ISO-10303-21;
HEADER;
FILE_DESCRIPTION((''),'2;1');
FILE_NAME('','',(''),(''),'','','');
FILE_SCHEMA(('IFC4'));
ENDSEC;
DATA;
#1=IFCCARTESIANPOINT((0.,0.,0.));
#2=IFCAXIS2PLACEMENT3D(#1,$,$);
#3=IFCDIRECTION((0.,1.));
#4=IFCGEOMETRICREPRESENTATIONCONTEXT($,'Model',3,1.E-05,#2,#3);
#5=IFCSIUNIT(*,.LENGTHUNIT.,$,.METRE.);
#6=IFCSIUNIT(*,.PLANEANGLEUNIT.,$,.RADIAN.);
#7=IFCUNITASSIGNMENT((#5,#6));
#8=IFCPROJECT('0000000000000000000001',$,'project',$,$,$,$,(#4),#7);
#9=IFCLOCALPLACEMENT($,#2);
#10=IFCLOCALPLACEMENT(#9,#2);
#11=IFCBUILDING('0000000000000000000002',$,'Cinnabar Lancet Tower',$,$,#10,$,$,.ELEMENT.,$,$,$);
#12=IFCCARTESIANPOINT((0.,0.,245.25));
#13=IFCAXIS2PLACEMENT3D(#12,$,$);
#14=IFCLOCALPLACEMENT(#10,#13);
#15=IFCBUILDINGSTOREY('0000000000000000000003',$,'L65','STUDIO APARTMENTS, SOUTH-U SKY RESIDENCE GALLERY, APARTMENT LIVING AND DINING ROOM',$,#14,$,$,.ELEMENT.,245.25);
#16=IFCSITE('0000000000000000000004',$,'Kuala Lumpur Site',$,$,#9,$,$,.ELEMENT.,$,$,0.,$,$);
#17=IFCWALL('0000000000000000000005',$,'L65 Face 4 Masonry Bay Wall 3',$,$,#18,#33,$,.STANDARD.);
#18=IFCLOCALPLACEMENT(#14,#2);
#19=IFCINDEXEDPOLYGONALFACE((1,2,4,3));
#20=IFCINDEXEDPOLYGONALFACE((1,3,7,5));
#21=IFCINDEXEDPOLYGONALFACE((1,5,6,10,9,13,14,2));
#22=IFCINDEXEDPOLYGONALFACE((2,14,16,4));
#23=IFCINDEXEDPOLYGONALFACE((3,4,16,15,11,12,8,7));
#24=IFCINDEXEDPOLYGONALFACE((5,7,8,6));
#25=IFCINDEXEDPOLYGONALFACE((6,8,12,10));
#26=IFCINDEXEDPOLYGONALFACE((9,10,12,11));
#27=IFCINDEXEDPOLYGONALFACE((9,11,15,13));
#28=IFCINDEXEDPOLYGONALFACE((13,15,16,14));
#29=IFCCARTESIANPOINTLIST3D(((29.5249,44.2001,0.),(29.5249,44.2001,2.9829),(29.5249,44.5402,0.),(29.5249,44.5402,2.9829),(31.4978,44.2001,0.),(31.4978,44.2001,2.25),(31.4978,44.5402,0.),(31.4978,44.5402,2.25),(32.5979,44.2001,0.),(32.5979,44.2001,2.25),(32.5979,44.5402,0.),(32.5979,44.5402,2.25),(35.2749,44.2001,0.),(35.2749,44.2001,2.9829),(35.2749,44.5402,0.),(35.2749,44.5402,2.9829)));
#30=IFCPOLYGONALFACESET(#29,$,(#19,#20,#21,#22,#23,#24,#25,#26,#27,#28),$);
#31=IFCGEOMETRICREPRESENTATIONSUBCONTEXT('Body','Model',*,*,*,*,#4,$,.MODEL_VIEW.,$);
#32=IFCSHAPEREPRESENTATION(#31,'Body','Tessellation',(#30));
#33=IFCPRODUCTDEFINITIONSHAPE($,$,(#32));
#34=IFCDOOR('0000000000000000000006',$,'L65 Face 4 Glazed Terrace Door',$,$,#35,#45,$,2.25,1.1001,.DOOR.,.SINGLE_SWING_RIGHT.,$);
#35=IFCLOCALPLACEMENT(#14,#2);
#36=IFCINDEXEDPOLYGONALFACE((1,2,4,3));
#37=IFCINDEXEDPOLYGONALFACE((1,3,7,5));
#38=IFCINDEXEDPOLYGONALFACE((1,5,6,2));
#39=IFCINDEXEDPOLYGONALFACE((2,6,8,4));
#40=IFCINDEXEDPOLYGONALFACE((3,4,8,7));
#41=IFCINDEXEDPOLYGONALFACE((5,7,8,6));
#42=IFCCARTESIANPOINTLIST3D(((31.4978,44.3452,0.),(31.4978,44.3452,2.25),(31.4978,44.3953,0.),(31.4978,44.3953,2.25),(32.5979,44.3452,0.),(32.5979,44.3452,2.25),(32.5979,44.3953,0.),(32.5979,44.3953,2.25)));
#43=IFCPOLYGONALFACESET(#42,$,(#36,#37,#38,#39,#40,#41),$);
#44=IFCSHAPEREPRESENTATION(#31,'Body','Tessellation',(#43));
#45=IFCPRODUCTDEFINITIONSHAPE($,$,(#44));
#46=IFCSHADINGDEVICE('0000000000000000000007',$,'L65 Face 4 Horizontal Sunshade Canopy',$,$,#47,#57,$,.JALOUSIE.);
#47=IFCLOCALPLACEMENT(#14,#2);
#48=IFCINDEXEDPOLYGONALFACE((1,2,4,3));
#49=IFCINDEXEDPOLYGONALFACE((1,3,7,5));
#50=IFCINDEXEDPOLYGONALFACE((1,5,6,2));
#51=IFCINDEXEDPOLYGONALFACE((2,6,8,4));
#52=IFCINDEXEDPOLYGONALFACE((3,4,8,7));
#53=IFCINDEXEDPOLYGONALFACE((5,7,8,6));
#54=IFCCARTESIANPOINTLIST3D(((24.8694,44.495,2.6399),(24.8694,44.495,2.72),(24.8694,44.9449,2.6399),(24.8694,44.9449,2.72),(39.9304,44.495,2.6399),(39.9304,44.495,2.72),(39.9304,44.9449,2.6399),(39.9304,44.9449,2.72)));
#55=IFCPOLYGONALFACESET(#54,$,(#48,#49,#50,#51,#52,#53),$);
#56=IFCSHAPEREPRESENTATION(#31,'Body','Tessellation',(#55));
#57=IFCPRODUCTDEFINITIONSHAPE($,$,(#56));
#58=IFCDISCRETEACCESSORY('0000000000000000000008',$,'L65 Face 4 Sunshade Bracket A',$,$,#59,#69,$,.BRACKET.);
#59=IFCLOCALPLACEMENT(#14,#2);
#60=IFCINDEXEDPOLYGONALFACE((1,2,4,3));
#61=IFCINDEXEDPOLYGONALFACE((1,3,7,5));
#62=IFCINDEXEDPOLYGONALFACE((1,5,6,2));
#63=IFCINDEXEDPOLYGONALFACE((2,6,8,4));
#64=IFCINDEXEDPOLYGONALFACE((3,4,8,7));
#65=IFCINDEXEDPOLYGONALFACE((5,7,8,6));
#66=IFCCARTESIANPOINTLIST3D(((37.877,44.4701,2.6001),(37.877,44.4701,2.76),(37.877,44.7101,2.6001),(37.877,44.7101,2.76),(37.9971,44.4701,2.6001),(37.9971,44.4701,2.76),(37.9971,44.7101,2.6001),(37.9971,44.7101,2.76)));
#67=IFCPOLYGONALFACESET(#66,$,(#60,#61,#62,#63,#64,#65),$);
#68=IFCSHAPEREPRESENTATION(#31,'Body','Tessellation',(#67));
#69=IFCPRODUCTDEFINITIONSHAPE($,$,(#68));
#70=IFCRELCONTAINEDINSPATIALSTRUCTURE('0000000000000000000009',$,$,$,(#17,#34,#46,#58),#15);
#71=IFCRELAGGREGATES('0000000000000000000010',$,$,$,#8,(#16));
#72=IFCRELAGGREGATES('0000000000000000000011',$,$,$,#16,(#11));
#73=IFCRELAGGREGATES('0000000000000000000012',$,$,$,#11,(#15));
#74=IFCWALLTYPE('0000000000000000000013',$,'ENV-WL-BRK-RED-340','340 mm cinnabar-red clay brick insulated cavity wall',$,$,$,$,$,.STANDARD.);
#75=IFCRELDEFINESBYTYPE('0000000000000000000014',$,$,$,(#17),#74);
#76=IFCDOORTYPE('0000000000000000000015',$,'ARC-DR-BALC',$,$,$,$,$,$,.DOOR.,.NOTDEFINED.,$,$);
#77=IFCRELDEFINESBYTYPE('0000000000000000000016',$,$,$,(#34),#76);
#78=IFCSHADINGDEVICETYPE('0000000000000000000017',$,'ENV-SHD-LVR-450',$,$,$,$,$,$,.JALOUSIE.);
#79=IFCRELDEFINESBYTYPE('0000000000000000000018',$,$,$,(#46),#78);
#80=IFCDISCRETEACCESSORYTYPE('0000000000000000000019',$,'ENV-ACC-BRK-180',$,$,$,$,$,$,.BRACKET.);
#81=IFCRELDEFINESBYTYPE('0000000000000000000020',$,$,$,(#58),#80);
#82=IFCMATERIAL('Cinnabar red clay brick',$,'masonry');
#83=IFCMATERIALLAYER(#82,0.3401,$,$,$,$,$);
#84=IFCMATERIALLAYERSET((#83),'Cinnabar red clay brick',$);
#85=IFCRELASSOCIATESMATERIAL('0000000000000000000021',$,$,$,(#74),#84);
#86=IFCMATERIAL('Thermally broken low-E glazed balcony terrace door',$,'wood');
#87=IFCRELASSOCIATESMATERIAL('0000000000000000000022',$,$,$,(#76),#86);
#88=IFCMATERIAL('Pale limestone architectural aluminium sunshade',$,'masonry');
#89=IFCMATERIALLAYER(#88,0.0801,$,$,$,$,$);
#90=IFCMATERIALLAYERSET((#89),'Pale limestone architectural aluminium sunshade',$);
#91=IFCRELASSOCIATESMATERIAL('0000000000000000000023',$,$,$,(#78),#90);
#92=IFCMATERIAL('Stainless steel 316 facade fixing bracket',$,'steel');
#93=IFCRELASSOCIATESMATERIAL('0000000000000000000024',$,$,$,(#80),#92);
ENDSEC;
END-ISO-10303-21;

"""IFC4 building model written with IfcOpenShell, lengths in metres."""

from ifc_helpers import new_model, si_unit, direction, frame, frame_2d, origin, origin_2d, place, context, subcontext, project, spatial, rectangle, extrude, material, layer, layer_set, type_object, element, fill, save


model = new_model("IFC4")

# Units and contexts
model_context = context("Model", 3, precision=1e-05, world=origin(), true_north=direction((0.0, 1.0)))
body_context = subcontext(model_context, "Body", "Model", "MODEL_VIEW")
ifc_project = project(units=[si_unit("LENGTHUNIT", "METRE"), si_unit("PLANEANGLEUNIT", "RADIAN")], contexts=[model_context])

# Site, building, storey
site_placement = place(None, origin())
site = spatial("IfcSite", under=ifc_project, at=site_placement, Name="Kuala Lumpur Site", CompositionType="ELEMENT", RefElevation=0.0)
building_placement = place(site_placement, origin())
building = spatial("IfcBuilding", under=site, at=building_placement, Name="Cinnabar Lancet Tower", CompositionType="ELEMENT")
storey_placement = place(building_placement, frame((0.0, 0.0, 245.25)))
storey = spatial("IfcBuildingStorey", under=building, at=storey_placement, Name="L65", Description="STUDIO APARTMENTS, SOUTH-U SKY RESIDENCE GALLERY, APARTMENT LIVING AND DINING ROOM", CompositionType="ELEMENT", Elevation=245.25)

# Shared definitions
ifc_material_1 = material(Name="Cinnabar red clay brick", Category="masonry")
ifc_layer_1 = layer(ifc_material_1, 0.3401)
ifc_layer_set_1 = layer_set([ifc_layer_1], Name="Cinnabar red clay brick")
wall_type_1 = type_object("IfcWallType", Name="ENV-WL-BRK-RED-340", Description="340 mm cinnabar-red clay brick insulated cavity wall", PredefinedType="STANDARD", material=ifc_layer_set_1)

# Wall, opening, door
wall_1_placement = place(storey_placement, frame((35.2749, 44.3701, 0.0), z_axis=(0.0, 0.0, 1.0), x_axis=(-1.0, 0.0, 0.0)))
wall_1 = element("IfcWall", 1, at=wall_1_placement, inside=storey, type_object=wall_type_1, Name="L65 Face 4 Masonry Bay Wall 3", PredefinedType="STANDARD", context=body_context, shape_type="SweptSolid", body=[
    extrude(rectangle(XDim=5.75, YDim=0.3401, at=frame_2d((2.875, 0.0))), origin(), (0.0, 0.0, 1.0), 2.9829),
])
opening_1_placement = place(wall_1_placement, frame((2.677, 0.0, 0.0)))
opening_1 = element("IfcOpeningElement", 2, at=opening_1_placement, cuts=wall_1, PredefinedType="OPENING", context=body_context, shape_type="SweptSolid", body=[
    extrude(rectangle(XDim=1.1001, YDim=2.25, at=frame_2d((0.55, 1.125))), frame((0.0, 0.1799, 0.0), z_axis=(0.0, -1.0, 0.0), x_axis=(1.0, 0.0, 0.0)), (0.0, 0.0, 1.0), 0.3601),
])
ifc_material_2 = material(Name="Thermally broken low-E glazed balcony terrace door", Category="wood")
door_type_1 = type_object("IfcDoorType", Name="ARC-DR-BALC", OperationType="NOTDEFINED", PredefinedType="DOOR", material=ifc_material_2)
door_1_placement = place(opening_1_placement, origin())
door_1 = element("IfcDoor", 3, at=door_1_placement, inside=storey, type_object=door_type_1, Name="L65 Face 4 Glazed Terrace Door", OperationType="SINGLE_SWING_RIGHT", OverallHeight=2.25, OverallWidth=1.1001, PredefinedType="DOOR", context=body_context, shape_type="SweptSolid", body=[
    extrude(rectangle(XDim=1.1001, YDim=2.25, at=frame_2d((0.55, 1.125))), frame((0.0, 0.0249, 0.0), z_axis=(0.0, -1.0, 0.0), x_axis=(1.0, 0.0, 0.0)), (0.0, 0.0, 1.0), 0.05),
])
fill(opening_1, door_1)

# Shading device
ifc_material_3 = material(Name="Pale limestone architectural aluminium sunshade", Category="masonry")
ifc_layer_2 = layer(ifc_material_3, 0.0801)
ifc_layer_set_2 = layer_set([ifc_layer_2], Name="Pale limestone architectural aluminium sunshade")
shading_device_type = type_object("IfcShadingDeviceType", Name="ENV-SHD-LVR-450", PredefinedType="JALOUSIE", material=ifc_layer_set_2)
shading_device_placement = place(storey_placement, frame((32.3999, 44.72, 2.6399), z_axis=(0.0, 0.0, 1.0), x_axis=(-1.0, 0.0, 0.0)))
element("IfcShadingDevice", 4, at=shading_device_placement, inside=storey, type_object=shading_device_type, Name="L65 Face 4 Horizontal Sunshade Canopy", PredefinedType="JALOUSIE", context=body_context, shape_type="SweptSolid", body=[
    extrude(rectangle(XDim=15.061, YDim=0.45, at=origin_2d()), origin(), (0.0, 0.0, 1.0), 0.0801),
])

# Discrete accessory
ifc_material_4 = material(Name="Stainless steel 316 facade fixing bracket", Category="steel")
discrete_accessory_type = type_object("IfcDiscreteAccessoryType", Name="ENV-ACC-BRK-180", PredefinedType="BRACKET", material=ifc_material_4)
discrete_accessory_placement = place(storey_placement, frame((37.937, 44.5901, 2.6001), z_axis=(0.0, 0.0, 1.0), x_axis=(-1.0, 0.0, 0.0)))
element("IfcDiscreteAccessory", 5, at=discrete_accessory_placement, inside=storey, type_object=discrete_accessory_type, Name="L65 Face 4 Sunshade Bracket A", PredefinedType="BRACKET", context=body_context, shape_type="SweptSolid", body=[
    extrude(rectangle(XDim=0.1201, YDim=0.24, at=origin_2d()), origin(), (0.0, 0.0, 1.0), 0.1599),
])

save(model, "model.ifc")
